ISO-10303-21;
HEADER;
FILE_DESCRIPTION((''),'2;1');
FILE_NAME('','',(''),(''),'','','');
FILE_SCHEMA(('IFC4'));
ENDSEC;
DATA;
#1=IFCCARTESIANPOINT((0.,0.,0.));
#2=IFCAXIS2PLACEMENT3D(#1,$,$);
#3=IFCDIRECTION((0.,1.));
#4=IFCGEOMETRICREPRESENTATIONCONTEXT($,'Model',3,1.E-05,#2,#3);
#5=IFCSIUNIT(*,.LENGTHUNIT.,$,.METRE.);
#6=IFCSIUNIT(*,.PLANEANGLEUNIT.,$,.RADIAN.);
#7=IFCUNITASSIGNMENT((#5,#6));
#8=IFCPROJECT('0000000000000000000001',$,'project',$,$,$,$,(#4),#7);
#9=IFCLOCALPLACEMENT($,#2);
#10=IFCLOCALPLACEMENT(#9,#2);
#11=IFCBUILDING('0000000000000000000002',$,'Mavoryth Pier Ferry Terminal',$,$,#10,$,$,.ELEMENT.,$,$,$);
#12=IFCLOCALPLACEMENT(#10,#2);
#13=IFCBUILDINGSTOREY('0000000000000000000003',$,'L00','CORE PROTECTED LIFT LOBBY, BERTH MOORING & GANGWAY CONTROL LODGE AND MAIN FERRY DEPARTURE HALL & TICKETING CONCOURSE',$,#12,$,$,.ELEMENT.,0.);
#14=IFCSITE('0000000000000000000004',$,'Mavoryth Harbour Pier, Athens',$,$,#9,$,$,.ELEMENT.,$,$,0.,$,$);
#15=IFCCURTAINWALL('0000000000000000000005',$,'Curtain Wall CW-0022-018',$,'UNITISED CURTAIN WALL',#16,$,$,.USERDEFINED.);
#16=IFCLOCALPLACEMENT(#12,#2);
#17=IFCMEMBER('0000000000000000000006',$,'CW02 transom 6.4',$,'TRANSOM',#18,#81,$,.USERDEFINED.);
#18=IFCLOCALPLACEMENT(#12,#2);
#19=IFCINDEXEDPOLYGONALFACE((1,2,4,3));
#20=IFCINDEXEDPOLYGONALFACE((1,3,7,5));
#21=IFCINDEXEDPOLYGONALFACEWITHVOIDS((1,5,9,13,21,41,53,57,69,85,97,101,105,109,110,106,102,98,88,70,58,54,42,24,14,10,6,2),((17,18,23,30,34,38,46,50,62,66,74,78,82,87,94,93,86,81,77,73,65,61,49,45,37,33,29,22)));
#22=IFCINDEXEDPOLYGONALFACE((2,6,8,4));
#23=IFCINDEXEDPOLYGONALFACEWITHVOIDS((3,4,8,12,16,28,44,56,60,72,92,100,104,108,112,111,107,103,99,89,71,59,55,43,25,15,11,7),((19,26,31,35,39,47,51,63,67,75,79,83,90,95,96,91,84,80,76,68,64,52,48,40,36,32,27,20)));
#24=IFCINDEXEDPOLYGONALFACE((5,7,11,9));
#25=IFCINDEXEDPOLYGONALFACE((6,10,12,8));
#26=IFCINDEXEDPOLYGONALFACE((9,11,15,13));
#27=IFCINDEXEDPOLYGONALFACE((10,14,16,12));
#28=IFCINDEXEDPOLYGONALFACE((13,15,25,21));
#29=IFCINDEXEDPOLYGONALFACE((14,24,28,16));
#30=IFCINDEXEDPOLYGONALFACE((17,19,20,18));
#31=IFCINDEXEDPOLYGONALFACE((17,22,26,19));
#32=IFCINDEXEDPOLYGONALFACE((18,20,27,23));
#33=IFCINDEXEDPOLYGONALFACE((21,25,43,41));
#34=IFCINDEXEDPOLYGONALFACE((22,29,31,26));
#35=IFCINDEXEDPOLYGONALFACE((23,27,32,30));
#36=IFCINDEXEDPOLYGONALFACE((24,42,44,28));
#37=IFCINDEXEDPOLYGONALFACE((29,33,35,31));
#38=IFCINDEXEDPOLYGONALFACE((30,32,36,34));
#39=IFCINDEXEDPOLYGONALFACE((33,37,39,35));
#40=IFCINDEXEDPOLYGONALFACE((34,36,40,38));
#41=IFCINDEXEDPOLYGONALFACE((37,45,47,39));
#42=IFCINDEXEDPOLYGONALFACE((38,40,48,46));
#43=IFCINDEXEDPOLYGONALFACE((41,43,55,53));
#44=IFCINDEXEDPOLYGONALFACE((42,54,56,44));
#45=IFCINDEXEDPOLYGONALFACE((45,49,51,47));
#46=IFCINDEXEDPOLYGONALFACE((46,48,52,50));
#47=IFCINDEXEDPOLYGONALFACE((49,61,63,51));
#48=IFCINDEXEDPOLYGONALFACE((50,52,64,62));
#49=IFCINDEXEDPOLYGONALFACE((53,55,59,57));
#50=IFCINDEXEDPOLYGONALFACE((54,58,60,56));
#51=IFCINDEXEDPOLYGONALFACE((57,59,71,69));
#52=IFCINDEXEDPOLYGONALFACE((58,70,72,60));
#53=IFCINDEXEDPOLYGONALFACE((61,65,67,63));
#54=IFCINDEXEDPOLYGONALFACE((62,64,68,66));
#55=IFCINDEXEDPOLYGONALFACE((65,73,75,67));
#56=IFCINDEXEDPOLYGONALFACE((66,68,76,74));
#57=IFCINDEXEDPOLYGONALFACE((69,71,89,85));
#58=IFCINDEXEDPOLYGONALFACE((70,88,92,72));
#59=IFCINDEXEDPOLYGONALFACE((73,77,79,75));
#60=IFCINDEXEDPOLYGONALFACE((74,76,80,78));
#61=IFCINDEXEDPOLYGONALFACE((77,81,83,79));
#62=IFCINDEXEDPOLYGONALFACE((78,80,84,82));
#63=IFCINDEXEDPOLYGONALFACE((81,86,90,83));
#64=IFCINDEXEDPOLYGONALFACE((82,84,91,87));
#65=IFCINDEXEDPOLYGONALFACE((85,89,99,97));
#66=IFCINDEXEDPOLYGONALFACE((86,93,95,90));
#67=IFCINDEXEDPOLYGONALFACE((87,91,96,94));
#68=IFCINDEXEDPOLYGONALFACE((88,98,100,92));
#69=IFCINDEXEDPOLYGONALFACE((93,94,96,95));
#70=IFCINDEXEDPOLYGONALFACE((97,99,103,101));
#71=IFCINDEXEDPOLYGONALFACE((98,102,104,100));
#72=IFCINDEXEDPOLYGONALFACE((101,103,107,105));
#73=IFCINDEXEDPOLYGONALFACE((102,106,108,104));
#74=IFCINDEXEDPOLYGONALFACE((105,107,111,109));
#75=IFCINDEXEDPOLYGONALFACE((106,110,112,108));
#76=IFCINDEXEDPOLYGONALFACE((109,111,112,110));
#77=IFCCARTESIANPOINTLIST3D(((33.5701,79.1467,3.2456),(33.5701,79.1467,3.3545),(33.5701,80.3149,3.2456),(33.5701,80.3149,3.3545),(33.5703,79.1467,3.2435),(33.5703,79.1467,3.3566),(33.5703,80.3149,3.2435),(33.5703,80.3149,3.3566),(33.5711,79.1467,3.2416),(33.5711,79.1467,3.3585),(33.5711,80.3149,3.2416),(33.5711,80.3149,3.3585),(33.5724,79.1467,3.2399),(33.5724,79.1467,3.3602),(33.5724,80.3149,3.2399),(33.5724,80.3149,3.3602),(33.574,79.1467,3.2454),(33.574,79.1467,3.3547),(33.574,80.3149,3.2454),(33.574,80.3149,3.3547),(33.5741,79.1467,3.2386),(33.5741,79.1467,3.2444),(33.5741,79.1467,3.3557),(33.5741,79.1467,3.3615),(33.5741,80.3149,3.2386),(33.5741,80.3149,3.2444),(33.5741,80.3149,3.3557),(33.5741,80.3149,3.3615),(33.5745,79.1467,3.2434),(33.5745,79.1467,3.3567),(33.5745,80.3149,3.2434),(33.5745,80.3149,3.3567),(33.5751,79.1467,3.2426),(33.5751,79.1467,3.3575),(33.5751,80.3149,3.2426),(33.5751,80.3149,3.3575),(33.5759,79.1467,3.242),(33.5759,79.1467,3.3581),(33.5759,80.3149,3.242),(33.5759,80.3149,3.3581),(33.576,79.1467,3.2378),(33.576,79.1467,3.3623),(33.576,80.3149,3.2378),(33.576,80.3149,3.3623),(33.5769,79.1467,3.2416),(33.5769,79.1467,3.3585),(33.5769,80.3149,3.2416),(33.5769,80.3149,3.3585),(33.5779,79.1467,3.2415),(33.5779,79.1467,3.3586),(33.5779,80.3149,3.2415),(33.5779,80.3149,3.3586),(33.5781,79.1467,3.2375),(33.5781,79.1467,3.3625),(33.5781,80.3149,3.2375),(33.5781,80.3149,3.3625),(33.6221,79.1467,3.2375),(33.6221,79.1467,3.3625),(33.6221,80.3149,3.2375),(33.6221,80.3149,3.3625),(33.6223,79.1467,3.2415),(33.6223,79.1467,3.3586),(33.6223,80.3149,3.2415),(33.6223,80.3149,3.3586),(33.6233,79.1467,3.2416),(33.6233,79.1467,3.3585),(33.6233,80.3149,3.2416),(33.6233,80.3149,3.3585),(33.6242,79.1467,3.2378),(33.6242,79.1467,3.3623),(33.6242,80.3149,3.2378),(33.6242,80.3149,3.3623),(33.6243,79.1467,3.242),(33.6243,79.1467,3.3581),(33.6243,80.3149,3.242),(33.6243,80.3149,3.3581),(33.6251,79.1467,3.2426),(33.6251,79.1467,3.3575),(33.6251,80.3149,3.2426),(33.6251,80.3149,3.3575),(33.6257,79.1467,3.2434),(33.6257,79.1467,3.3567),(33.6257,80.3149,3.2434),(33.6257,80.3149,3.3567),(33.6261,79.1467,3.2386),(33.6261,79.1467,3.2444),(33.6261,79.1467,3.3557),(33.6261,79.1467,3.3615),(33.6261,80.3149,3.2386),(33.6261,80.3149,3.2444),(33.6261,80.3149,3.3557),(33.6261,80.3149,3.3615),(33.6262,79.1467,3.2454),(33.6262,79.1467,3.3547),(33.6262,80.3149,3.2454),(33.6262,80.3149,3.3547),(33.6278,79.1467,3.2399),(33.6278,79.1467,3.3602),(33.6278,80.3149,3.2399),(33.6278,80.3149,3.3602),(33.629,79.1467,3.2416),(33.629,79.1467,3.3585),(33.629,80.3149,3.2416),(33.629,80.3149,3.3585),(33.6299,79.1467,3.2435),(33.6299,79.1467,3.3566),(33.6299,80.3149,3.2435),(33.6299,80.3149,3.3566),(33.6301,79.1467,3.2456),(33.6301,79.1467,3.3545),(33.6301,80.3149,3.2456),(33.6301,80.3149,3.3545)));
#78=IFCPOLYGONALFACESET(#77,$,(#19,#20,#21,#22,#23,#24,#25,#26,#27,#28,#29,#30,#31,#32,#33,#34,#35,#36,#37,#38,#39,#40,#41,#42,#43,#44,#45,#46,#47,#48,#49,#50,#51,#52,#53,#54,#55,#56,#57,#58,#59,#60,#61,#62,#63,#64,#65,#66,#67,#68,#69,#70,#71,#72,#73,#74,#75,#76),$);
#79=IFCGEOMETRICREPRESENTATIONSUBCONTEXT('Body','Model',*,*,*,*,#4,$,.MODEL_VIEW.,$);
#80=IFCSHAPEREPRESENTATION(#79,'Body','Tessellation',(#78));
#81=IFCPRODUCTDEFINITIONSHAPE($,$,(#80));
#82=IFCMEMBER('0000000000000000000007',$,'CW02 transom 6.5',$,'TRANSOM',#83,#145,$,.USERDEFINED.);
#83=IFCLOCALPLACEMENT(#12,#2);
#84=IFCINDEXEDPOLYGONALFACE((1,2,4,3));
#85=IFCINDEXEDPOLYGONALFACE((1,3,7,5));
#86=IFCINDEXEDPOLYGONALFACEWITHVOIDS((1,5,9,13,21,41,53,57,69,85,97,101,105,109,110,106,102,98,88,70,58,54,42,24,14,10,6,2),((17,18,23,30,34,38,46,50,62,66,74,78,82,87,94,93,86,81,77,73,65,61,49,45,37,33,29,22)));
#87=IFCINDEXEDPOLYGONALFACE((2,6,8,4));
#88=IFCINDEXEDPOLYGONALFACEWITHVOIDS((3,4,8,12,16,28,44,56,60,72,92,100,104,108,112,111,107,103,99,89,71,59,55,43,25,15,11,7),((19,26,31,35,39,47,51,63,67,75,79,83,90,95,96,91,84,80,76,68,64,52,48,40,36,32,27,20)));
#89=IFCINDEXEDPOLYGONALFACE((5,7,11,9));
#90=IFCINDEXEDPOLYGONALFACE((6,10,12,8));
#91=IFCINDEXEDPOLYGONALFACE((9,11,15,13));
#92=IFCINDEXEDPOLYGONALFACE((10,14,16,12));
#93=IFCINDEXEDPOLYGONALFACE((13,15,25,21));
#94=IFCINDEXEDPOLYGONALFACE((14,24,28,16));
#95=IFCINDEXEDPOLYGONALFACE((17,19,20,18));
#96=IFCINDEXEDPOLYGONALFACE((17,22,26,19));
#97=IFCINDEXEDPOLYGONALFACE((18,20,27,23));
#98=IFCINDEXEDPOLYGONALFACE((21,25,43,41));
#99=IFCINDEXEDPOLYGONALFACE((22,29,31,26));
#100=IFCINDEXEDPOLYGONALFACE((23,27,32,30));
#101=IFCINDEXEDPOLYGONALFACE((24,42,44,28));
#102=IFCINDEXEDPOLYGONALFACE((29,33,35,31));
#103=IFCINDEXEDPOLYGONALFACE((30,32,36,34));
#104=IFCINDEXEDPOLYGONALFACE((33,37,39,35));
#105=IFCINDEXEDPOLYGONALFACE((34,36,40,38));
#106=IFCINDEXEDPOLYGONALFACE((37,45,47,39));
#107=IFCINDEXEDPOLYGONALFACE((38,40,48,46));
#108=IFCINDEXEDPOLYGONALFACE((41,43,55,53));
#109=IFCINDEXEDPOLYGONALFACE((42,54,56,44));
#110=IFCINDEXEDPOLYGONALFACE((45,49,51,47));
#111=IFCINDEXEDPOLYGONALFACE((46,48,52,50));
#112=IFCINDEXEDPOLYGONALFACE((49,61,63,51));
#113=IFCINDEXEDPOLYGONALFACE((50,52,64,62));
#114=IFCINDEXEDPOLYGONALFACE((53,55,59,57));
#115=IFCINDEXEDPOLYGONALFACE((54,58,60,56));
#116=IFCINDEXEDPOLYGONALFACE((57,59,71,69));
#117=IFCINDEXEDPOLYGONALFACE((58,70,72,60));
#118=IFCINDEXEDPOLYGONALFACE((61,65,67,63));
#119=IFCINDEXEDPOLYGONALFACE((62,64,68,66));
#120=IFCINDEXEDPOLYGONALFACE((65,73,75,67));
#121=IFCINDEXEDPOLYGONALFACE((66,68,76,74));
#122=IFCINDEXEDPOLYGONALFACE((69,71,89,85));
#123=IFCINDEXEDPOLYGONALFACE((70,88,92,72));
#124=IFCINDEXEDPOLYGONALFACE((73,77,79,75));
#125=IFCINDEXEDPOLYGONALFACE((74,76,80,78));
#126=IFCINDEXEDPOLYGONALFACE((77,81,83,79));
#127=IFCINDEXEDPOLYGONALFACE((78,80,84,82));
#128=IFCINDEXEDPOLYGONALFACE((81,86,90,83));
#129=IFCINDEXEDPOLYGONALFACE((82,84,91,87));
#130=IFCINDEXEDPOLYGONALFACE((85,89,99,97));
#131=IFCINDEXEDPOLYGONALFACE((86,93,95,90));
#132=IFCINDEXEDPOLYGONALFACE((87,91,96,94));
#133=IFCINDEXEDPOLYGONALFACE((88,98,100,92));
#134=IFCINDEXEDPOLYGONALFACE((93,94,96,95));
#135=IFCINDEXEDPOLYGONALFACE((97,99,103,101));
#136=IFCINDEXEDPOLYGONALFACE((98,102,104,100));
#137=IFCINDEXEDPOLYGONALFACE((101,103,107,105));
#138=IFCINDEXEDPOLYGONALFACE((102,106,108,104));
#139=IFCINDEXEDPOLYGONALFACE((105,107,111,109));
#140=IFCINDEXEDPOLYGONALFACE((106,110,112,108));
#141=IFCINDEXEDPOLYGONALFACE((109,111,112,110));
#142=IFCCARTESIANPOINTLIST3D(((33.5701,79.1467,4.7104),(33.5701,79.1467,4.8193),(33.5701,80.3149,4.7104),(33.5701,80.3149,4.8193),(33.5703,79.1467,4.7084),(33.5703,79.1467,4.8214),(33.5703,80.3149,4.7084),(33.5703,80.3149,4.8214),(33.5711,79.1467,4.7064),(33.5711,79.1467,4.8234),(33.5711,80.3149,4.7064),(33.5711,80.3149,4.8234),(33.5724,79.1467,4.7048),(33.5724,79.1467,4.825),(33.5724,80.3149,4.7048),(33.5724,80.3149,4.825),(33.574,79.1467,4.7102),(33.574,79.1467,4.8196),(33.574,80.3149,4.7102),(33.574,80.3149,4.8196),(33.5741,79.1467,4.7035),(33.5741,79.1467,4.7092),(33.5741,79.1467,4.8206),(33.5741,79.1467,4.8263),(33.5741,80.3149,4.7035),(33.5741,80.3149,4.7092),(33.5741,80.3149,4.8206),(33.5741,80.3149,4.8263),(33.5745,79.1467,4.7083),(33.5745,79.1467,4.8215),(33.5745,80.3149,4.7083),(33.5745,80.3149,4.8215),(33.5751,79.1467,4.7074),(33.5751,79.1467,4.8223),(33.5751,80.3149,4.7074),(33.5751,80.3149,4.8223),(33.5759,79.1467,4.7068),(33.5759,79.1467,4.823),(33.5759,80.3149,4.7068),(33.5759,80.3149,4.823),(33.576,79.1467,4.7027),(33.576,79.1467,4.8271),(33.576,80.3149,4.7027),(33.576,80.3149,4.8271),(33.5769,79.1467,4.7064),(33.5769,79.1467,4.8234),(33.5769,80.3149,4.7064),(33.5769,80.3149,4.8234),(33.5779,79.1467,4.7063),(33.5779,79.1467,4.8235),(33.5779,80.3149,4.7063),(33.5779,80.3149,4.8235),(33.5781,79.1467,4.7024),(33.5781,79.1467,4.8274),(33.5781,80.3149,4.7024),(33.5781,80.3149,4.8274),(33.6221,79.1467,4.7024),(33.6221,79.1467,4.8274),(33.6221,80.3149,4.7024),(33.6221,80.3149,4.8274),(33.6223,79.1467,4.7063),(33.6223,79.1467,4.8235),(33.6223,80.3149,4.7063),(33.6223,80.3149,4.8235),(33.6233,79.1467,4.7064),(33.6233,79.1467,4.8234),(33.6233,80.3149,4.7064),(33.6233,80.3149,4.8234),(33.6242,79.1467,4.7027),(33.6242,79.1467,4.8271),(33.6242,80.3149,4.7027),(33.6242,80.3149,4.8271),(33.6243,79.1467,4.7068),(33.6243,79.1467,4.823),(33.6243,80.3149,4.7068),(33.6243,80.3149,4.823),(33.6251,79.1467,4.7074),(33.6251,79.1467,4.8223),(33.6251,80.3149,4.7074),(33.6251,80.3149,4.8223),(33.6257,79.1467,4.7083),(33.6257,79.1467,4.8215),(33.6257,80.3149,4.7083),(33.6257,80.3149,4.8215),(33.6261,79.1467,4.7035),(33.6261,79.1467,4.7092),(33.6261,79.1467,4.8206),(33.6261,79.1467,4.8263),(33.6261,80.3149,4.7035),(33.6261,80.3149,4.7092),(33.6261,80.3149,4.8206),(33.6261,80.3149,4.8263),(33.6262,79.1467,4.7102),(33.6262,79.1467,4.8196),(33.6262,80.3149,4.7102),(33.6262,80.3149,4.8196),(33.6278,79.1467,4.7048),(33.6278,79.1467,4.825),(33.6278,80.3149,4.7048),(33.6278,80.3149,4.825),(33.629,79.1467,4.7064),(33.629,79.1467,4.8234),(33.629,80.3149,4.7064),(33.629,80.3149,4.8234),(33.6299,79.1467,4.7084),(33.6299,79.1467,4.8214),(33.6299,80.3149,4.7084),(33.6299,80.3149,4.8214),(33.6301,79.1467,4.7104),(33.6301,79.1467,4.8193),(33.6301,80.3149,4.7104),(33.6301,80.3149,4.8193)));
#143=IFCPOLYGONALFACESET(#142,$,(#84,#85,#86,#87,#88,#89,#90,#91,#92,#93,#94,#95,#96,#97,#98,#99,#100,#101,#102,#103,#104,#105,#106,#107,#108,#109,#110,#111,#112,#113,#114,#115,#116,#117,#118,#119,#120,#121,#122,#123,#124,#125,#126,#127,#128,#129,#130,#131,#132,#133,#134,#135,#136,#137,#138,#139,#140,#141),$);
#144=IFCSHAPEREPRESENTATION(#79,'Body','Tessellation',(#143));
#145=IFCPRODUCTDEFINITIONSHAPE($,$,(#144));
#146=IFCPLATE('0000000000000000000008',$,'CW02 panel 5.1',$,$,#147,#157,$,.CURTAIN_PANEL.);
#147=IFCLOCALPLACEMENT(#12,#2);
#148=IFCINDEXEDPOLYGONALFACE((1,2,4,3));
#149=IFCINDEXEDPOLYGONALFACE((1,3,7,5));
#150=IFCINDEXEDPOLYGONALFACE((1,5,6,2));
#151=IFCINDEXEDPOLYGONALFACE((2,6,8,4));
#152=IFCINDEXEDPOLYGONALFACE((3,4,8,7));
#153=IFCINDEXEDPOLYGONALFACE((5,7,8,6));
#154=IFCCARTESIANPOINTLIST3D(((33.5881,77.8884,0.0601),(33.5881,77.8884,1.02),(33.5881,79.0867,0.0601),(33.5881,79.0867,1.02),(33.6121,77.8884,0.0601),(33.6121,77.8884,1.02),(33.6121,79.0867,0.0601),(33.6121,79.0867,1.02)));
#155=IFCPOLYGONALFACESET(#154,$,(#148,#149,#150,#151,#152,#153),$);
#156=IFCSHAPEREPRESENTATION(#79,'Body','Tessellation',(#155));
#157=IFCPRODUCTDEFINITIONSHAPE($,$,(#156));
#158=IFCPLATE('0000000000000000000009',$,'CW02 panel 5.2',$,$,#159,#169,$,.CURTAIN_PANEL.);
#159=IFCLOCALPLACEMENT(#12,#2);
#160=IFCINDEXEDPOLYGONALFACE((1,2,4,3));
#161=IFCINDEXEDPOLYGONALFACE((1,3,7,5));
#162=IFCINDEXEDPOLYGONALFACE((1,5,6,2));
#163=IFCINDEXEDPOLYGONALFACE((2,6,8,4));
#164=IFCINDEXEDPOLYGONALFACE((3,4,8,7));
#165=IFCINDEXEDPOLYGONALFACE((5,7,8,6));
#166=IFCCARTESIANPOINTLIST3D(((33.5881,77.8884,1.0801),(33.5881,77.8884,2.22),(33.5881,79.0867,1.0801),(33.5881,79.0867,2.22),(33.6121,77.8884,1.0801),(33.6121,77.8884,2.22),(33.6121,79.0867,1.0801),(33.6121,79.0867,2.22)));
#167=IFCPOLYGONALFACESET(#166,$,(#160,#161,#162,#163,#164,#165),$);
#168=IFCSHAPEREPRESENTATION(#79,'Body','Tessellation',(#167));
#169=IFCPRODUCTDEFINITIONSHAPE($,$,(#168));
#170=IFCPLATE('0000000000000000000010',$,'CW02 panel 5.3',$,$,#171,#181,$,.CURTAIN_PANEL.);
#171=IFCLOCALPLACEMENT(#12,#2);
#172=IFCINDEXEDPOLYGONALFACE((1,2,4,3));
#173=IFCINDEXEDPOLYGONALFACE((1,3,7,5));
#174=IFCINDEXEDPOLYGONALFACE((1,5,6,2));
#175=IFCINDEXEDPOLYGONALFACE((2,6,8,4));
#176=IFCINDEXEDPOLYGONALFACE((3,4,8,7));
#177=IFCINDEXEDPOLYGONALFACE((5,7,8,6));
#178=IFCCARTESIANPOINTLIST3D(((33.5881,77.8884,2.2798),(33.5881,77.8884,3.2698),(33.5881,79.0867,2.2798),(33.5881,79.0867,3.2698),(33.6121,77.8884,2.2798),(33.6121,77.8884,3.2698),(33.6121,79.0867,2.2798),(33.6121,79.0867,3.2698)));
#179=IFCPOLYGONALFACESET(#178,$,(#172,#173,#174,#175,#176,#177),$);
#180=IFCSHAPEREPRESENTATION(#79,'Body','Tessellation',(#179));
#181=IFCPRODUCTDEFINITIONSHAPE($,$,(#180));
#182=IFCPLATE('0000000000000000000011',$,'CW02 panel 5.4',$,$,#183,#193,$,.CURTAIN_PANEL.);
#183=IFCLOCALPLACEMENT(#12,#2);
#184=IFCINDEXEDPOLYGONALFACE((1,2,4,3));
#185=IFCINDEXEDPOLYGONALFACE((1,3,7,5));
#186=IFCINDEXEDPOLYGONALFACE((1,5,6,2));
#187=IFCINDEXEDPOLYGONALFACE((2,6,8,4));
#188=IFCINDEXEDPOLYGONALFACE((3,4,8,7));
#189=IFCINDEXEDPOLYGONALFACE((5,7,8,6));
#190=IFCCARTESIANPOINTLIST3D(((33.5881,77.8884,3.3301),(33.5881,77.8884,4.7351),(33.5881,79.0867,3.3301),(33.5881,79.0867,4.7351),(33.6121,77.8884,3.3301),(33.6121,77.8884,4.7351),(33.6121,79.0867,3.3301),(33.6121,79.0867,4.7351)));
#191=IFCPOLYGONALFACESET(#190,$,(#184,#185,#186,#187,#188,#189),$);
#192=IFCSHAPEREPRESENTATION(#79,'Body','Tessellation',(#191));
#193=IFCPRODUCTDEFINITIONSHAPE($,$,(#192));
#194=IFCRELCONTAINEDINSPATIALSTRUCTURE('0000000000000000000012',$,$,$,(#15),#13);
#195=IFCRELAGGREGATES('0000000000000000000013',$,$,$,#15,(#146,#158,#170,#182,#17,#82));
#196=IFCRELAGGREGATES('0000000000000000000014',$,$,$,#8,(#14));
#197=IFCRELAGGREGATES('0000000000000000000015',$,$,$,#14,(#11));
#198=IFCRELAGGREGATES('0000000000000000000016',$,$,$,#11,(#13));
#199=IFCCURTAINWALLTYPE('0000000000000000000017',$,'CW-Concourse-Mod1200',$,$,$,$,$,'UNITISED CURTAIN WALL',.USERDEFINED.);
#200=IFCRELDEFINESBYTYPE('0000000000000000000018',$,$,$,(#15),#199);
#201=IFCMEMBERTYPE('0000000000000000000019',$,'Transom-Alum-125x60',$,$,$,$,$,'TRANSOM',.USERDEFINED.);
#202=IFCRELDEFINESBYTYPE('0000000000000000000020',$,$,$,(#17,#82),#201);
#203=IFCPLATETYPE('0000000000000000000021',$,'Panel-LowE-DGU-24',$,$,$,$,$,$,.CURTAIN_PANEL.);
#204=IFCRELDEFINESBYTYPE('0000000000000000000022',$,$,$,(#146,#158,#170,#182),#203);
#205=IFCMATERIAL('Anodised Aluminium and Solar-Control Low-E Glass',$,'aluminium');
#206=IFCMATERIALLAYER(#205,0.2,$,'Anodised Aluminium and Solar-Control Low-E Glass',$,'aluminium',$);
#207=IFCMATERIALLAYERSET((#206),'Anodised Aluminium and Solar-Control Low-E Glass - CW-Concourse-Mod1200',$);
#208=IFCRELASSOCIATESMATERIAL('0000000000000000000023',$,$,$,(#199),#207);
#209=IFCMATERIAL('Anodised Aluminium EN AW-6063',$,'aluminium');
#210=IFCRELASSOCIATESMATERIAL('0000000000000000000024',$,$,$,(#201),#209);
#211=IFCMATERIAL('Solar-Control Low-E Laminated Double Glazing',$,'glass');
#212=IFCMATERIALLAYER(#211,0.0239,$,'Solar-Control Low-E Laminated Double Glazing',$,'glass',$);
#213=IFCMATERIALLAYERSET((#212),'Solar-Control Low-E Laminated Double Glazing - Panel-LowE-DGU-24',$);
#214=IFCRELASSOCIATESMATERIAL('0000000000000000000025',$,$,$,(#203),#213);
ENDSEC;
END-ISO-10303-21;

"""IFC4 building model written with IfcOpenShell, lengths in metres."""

from ifc_helpers import new_model, si_unit, direction, frame, origin, origin_2d, place, context, subcontext, project, spatial, rectangle, hollow_rectangle, extrude, material, layer, layer_set, material_profile, profile_set, type_object, element, aggregate, save


model = new_model("IFC4")

# Units and contexts
model_context = context("Model", 3, precision=1e-05, world=origin(), true_north=direction((0.0, 1.0)))
body_context = subcontext(model_context, "Body", "Model", "MODEL_VIEW")
ifc_project = project(units=[si_unit("LENGTHUNIT", "METRE"), si_unit("PLANEANGLEUNIT", "RADIAN")], contexts=[model_context])

# Site, building, storey
site_placement = place(None, origin())
site = spatial("IfcSite", under=ifc_project, at=site_placement, Name="Mavoryth Harbour Pier, Athens", CompositionType="ELEMENT", RefElevation=0.0)
building_placement = place(site_placement, origin())
building = spatial("IfcBuilding", under=site, at=building_placement, Name="Mavoryth Pier Ferry Terminal", CompositionType="ELEMENT")
storey_placement = place(building_placement, origin())
storey = spatial("IfcBuildingStorey", under=building, at=storey_placement, Name="L00", Description="CORE PROTECTED LIFT LOBBY, BERTH MOORING & GANGWAY CONTROL LODGE AND MAIN FERRY DEPARTURE HALL & TICKETING CONCOURSE", CompositionType="ELEMENT", Elevation=0.0)

# Curtain wall, members, plates
ifc_material_1 = material(Name="Anodised Aluminium and Solar-Control Low-E Glass", Category="aluminium")
ifc_layer_1 = layer(ifc_material_1, 0.2, Name="Anodised Aluminium and Solar-Control Low-E Glass", Category="aluminium")
ifc_layer_set_1 = layer_set([ifc_layer_1], Name="Anodised Aluminium and Solar-Control Low-E Glass - CW-Concourse-Mod1200")
curtain_wall_type = type_object("IfcCurtainWallType", Name="CW-Concourse-Mod1200", ElementType="UNITISED CURTAIN WALL", PredefinedType="USERDEFINED", material=ifc_layer_set_1)
curtain_wall_placement = place(storey_placement, origin())
curtain_wall = element("IfcCurtainWall", 1, at=curtain_wall_placement, inside=storey, type_object=curtain_wall_type, Name="Curtain Wall CW-0022-018", ObjectType="UNITISED CURTAIN WALL", PredefinedType="USERDEFINED")
ifc_material_2 = material(Name="Anodised Aluminium EN AW-6063", Category="aluminium")
ifc_material_profile_1 = material_profile(ifc_material_2, hollow_rectangle(XDim=0.0601, YDim=0.125, WallThickness=0.0039, InnerFilletRadius=0.0039, OuterFilletRadius=0.0081, at=origin_2d()), Name="AL-TRAN 125x60x4", Category="aluminium")
ifc_profile_set_1 = profile_set([ifc_material_profile_1], Name="Anodised Aluminium EN AW-6063 - AL-TRAN 125x60x4")
member_type_1 = type_object("IfcMemberType", Name="Transom-Alum-125x60", ElementType="TRANSOM", PredefinedType="USERDEFINED", material=ifc_profile_set_1)
member_1_placement = place(storey_placement, frame((33.6001, 79.1467, 3.3), z_axis=(0.0, 1.0, 0.0), x_axis=(-1.0, 0.0, 0.0)))
member_1 = element("IfcMember", 2, at=member_1_placement, type_object=member_type_1, Name="CW02 transom 6.4", ObjectType="TRANSOM", PredefinedType="USERDEFINED", context=body_context, shape_type="SweptSolid", body=[
    extrude(hollow_rectangle(XDim=0.0601, YDim=0.125, WallThickness=0.0039, InnerFilletRadius=0.0039, OuterFilletRadius=0.0081, at=origin_2d()), origin(), (0.0, 0.0, 1.0), 1.1682),
])
member_2_placement = place(storey_placement, frame((33.6001, 79.1467, 4.7649), z_axis=(0.0, 1.0, 0.0), x_axis=(-1.0, 0.0, 0.0)))
member_2 = element("IfcMember", 3, at=member_2_placement, type_object=member_type_1, Name="CW02 transom 6.5", ObjectType="TRANSOM", PredefinedType="USERDEFINED", context=body_context, shape_type="SweptSolid", body=[
    extrude(hollow_rectangle(XDim=0.0601, YDim=0.125, WallThickness=0.0039, InnerFilletRadius=0.0039, OuterFilletRadius=0.0081, at=origin_2d()), origin(), (0.0, 0.0, 1.0), 1.1682),
])
ifc_material_3 = material(Name="Solar-Control Low-E Laminated Double Glazing", Category="glass")
ifc_layer_2 = layer(ifc_material_3, 0.0239, Name="Solar-Control Low-E Laminated Double Glazing", Category="glass")
ifc_layer_set_2 = layer_set([ifc_layer_2], Name="Solar-Control Low-E Laminated Double Glazing - Panel-LowE-DGU-24")
plate_type_1 = type_object("IfcPlateType", Name="Panel-LowE-DGU-24", PredefinedType="CURTAIN_PANEL", material=ifc_layer_set_2)
plate_1_placement = place(storey_placement, frame((33.6001, 78.4875, 0.0601), z_axis=(0.0, 0.0, 1.0), x_axis=(0.0, 1.0, 0.0)))
plate_1 = element("IfcPlate", 4, at=plate_1_placement, type_object=plate_type_1, Name="CW02 panel 5.1", PredefinedType="CURTAIN_PANEL", context=body_context, shape_type="SweptSolid", body=[
    extrude(rectangle(XDim=1.1982, YDim=0.0239, at=origin_2d()), origin(), (0.0, 0.0, 1.0), 0.96),
])
plate_2_placement = place(storey_placement, frame((33.6001, 78.4875, 1.0801), z_axis=(0.0, 0.0, 1.0), x_axis=(0.0, 1.0, 0.0)))
plate_2 = element("IfcPlate", 5, at=plate_2_placement, type_object=plate_type_1, Name="CW02 panel 5.2", PredefinedType="CURTAIN_PANEL", context=body_context, shape_type="SweptSolid", body=[
    extrude(rectangle(XDim=1.1982, YDim=0.0239, at=origin_2d()), origin(), (0.0, 0.0, 1.0), 1.1399),
])
plate_3_placement = place(storey_placement, frame((33.6001, 78.4875, 2.2798), z_axis=(0.0, 0.0, 1.0), x_axis=(0.0, 1.0, 0.0)))
plate_3 = element("IfcPlate", 6, at=plate_3_placement, type_object=plate_type_1, Name="CW02 panel 5.3", PredefinedType="CURTAIN_PANEL", context=body_context, shape_type="SweptSolid", body=[
    extrude(rectangle(XDim=1.1982, YDim=0.0239, at=origin_2d()), origin(), (0.0, 0.0, 1.0), 0.99),
])
plate_4_placement = place(storey_placement, frame((33.6001, 78.4875, 3.3301), z_axis=(0.0, 0.0, 1.0), x_axis=(0.0, 1.0, 0.0)))
plate_4 = element("IfcPlate", 7, at=plate_4_placement, type_object=plate_type_1, Name="CW02 panel 5.4", PredefinedType="CURTAIN_PANEL", context=body_context, shape_type="SweptSolid", body=[
    extrude(rectangle(XDim=1.1982, YDim=0.0239, at=origin_2d()), origin(), (0.0, 0.0, 1.0), 1.405),
])
aggregate(curtain_wall, [plate_1, plate_2, plate_3, plate_4, member_1, member_2])

save(model, "model.ifc")
